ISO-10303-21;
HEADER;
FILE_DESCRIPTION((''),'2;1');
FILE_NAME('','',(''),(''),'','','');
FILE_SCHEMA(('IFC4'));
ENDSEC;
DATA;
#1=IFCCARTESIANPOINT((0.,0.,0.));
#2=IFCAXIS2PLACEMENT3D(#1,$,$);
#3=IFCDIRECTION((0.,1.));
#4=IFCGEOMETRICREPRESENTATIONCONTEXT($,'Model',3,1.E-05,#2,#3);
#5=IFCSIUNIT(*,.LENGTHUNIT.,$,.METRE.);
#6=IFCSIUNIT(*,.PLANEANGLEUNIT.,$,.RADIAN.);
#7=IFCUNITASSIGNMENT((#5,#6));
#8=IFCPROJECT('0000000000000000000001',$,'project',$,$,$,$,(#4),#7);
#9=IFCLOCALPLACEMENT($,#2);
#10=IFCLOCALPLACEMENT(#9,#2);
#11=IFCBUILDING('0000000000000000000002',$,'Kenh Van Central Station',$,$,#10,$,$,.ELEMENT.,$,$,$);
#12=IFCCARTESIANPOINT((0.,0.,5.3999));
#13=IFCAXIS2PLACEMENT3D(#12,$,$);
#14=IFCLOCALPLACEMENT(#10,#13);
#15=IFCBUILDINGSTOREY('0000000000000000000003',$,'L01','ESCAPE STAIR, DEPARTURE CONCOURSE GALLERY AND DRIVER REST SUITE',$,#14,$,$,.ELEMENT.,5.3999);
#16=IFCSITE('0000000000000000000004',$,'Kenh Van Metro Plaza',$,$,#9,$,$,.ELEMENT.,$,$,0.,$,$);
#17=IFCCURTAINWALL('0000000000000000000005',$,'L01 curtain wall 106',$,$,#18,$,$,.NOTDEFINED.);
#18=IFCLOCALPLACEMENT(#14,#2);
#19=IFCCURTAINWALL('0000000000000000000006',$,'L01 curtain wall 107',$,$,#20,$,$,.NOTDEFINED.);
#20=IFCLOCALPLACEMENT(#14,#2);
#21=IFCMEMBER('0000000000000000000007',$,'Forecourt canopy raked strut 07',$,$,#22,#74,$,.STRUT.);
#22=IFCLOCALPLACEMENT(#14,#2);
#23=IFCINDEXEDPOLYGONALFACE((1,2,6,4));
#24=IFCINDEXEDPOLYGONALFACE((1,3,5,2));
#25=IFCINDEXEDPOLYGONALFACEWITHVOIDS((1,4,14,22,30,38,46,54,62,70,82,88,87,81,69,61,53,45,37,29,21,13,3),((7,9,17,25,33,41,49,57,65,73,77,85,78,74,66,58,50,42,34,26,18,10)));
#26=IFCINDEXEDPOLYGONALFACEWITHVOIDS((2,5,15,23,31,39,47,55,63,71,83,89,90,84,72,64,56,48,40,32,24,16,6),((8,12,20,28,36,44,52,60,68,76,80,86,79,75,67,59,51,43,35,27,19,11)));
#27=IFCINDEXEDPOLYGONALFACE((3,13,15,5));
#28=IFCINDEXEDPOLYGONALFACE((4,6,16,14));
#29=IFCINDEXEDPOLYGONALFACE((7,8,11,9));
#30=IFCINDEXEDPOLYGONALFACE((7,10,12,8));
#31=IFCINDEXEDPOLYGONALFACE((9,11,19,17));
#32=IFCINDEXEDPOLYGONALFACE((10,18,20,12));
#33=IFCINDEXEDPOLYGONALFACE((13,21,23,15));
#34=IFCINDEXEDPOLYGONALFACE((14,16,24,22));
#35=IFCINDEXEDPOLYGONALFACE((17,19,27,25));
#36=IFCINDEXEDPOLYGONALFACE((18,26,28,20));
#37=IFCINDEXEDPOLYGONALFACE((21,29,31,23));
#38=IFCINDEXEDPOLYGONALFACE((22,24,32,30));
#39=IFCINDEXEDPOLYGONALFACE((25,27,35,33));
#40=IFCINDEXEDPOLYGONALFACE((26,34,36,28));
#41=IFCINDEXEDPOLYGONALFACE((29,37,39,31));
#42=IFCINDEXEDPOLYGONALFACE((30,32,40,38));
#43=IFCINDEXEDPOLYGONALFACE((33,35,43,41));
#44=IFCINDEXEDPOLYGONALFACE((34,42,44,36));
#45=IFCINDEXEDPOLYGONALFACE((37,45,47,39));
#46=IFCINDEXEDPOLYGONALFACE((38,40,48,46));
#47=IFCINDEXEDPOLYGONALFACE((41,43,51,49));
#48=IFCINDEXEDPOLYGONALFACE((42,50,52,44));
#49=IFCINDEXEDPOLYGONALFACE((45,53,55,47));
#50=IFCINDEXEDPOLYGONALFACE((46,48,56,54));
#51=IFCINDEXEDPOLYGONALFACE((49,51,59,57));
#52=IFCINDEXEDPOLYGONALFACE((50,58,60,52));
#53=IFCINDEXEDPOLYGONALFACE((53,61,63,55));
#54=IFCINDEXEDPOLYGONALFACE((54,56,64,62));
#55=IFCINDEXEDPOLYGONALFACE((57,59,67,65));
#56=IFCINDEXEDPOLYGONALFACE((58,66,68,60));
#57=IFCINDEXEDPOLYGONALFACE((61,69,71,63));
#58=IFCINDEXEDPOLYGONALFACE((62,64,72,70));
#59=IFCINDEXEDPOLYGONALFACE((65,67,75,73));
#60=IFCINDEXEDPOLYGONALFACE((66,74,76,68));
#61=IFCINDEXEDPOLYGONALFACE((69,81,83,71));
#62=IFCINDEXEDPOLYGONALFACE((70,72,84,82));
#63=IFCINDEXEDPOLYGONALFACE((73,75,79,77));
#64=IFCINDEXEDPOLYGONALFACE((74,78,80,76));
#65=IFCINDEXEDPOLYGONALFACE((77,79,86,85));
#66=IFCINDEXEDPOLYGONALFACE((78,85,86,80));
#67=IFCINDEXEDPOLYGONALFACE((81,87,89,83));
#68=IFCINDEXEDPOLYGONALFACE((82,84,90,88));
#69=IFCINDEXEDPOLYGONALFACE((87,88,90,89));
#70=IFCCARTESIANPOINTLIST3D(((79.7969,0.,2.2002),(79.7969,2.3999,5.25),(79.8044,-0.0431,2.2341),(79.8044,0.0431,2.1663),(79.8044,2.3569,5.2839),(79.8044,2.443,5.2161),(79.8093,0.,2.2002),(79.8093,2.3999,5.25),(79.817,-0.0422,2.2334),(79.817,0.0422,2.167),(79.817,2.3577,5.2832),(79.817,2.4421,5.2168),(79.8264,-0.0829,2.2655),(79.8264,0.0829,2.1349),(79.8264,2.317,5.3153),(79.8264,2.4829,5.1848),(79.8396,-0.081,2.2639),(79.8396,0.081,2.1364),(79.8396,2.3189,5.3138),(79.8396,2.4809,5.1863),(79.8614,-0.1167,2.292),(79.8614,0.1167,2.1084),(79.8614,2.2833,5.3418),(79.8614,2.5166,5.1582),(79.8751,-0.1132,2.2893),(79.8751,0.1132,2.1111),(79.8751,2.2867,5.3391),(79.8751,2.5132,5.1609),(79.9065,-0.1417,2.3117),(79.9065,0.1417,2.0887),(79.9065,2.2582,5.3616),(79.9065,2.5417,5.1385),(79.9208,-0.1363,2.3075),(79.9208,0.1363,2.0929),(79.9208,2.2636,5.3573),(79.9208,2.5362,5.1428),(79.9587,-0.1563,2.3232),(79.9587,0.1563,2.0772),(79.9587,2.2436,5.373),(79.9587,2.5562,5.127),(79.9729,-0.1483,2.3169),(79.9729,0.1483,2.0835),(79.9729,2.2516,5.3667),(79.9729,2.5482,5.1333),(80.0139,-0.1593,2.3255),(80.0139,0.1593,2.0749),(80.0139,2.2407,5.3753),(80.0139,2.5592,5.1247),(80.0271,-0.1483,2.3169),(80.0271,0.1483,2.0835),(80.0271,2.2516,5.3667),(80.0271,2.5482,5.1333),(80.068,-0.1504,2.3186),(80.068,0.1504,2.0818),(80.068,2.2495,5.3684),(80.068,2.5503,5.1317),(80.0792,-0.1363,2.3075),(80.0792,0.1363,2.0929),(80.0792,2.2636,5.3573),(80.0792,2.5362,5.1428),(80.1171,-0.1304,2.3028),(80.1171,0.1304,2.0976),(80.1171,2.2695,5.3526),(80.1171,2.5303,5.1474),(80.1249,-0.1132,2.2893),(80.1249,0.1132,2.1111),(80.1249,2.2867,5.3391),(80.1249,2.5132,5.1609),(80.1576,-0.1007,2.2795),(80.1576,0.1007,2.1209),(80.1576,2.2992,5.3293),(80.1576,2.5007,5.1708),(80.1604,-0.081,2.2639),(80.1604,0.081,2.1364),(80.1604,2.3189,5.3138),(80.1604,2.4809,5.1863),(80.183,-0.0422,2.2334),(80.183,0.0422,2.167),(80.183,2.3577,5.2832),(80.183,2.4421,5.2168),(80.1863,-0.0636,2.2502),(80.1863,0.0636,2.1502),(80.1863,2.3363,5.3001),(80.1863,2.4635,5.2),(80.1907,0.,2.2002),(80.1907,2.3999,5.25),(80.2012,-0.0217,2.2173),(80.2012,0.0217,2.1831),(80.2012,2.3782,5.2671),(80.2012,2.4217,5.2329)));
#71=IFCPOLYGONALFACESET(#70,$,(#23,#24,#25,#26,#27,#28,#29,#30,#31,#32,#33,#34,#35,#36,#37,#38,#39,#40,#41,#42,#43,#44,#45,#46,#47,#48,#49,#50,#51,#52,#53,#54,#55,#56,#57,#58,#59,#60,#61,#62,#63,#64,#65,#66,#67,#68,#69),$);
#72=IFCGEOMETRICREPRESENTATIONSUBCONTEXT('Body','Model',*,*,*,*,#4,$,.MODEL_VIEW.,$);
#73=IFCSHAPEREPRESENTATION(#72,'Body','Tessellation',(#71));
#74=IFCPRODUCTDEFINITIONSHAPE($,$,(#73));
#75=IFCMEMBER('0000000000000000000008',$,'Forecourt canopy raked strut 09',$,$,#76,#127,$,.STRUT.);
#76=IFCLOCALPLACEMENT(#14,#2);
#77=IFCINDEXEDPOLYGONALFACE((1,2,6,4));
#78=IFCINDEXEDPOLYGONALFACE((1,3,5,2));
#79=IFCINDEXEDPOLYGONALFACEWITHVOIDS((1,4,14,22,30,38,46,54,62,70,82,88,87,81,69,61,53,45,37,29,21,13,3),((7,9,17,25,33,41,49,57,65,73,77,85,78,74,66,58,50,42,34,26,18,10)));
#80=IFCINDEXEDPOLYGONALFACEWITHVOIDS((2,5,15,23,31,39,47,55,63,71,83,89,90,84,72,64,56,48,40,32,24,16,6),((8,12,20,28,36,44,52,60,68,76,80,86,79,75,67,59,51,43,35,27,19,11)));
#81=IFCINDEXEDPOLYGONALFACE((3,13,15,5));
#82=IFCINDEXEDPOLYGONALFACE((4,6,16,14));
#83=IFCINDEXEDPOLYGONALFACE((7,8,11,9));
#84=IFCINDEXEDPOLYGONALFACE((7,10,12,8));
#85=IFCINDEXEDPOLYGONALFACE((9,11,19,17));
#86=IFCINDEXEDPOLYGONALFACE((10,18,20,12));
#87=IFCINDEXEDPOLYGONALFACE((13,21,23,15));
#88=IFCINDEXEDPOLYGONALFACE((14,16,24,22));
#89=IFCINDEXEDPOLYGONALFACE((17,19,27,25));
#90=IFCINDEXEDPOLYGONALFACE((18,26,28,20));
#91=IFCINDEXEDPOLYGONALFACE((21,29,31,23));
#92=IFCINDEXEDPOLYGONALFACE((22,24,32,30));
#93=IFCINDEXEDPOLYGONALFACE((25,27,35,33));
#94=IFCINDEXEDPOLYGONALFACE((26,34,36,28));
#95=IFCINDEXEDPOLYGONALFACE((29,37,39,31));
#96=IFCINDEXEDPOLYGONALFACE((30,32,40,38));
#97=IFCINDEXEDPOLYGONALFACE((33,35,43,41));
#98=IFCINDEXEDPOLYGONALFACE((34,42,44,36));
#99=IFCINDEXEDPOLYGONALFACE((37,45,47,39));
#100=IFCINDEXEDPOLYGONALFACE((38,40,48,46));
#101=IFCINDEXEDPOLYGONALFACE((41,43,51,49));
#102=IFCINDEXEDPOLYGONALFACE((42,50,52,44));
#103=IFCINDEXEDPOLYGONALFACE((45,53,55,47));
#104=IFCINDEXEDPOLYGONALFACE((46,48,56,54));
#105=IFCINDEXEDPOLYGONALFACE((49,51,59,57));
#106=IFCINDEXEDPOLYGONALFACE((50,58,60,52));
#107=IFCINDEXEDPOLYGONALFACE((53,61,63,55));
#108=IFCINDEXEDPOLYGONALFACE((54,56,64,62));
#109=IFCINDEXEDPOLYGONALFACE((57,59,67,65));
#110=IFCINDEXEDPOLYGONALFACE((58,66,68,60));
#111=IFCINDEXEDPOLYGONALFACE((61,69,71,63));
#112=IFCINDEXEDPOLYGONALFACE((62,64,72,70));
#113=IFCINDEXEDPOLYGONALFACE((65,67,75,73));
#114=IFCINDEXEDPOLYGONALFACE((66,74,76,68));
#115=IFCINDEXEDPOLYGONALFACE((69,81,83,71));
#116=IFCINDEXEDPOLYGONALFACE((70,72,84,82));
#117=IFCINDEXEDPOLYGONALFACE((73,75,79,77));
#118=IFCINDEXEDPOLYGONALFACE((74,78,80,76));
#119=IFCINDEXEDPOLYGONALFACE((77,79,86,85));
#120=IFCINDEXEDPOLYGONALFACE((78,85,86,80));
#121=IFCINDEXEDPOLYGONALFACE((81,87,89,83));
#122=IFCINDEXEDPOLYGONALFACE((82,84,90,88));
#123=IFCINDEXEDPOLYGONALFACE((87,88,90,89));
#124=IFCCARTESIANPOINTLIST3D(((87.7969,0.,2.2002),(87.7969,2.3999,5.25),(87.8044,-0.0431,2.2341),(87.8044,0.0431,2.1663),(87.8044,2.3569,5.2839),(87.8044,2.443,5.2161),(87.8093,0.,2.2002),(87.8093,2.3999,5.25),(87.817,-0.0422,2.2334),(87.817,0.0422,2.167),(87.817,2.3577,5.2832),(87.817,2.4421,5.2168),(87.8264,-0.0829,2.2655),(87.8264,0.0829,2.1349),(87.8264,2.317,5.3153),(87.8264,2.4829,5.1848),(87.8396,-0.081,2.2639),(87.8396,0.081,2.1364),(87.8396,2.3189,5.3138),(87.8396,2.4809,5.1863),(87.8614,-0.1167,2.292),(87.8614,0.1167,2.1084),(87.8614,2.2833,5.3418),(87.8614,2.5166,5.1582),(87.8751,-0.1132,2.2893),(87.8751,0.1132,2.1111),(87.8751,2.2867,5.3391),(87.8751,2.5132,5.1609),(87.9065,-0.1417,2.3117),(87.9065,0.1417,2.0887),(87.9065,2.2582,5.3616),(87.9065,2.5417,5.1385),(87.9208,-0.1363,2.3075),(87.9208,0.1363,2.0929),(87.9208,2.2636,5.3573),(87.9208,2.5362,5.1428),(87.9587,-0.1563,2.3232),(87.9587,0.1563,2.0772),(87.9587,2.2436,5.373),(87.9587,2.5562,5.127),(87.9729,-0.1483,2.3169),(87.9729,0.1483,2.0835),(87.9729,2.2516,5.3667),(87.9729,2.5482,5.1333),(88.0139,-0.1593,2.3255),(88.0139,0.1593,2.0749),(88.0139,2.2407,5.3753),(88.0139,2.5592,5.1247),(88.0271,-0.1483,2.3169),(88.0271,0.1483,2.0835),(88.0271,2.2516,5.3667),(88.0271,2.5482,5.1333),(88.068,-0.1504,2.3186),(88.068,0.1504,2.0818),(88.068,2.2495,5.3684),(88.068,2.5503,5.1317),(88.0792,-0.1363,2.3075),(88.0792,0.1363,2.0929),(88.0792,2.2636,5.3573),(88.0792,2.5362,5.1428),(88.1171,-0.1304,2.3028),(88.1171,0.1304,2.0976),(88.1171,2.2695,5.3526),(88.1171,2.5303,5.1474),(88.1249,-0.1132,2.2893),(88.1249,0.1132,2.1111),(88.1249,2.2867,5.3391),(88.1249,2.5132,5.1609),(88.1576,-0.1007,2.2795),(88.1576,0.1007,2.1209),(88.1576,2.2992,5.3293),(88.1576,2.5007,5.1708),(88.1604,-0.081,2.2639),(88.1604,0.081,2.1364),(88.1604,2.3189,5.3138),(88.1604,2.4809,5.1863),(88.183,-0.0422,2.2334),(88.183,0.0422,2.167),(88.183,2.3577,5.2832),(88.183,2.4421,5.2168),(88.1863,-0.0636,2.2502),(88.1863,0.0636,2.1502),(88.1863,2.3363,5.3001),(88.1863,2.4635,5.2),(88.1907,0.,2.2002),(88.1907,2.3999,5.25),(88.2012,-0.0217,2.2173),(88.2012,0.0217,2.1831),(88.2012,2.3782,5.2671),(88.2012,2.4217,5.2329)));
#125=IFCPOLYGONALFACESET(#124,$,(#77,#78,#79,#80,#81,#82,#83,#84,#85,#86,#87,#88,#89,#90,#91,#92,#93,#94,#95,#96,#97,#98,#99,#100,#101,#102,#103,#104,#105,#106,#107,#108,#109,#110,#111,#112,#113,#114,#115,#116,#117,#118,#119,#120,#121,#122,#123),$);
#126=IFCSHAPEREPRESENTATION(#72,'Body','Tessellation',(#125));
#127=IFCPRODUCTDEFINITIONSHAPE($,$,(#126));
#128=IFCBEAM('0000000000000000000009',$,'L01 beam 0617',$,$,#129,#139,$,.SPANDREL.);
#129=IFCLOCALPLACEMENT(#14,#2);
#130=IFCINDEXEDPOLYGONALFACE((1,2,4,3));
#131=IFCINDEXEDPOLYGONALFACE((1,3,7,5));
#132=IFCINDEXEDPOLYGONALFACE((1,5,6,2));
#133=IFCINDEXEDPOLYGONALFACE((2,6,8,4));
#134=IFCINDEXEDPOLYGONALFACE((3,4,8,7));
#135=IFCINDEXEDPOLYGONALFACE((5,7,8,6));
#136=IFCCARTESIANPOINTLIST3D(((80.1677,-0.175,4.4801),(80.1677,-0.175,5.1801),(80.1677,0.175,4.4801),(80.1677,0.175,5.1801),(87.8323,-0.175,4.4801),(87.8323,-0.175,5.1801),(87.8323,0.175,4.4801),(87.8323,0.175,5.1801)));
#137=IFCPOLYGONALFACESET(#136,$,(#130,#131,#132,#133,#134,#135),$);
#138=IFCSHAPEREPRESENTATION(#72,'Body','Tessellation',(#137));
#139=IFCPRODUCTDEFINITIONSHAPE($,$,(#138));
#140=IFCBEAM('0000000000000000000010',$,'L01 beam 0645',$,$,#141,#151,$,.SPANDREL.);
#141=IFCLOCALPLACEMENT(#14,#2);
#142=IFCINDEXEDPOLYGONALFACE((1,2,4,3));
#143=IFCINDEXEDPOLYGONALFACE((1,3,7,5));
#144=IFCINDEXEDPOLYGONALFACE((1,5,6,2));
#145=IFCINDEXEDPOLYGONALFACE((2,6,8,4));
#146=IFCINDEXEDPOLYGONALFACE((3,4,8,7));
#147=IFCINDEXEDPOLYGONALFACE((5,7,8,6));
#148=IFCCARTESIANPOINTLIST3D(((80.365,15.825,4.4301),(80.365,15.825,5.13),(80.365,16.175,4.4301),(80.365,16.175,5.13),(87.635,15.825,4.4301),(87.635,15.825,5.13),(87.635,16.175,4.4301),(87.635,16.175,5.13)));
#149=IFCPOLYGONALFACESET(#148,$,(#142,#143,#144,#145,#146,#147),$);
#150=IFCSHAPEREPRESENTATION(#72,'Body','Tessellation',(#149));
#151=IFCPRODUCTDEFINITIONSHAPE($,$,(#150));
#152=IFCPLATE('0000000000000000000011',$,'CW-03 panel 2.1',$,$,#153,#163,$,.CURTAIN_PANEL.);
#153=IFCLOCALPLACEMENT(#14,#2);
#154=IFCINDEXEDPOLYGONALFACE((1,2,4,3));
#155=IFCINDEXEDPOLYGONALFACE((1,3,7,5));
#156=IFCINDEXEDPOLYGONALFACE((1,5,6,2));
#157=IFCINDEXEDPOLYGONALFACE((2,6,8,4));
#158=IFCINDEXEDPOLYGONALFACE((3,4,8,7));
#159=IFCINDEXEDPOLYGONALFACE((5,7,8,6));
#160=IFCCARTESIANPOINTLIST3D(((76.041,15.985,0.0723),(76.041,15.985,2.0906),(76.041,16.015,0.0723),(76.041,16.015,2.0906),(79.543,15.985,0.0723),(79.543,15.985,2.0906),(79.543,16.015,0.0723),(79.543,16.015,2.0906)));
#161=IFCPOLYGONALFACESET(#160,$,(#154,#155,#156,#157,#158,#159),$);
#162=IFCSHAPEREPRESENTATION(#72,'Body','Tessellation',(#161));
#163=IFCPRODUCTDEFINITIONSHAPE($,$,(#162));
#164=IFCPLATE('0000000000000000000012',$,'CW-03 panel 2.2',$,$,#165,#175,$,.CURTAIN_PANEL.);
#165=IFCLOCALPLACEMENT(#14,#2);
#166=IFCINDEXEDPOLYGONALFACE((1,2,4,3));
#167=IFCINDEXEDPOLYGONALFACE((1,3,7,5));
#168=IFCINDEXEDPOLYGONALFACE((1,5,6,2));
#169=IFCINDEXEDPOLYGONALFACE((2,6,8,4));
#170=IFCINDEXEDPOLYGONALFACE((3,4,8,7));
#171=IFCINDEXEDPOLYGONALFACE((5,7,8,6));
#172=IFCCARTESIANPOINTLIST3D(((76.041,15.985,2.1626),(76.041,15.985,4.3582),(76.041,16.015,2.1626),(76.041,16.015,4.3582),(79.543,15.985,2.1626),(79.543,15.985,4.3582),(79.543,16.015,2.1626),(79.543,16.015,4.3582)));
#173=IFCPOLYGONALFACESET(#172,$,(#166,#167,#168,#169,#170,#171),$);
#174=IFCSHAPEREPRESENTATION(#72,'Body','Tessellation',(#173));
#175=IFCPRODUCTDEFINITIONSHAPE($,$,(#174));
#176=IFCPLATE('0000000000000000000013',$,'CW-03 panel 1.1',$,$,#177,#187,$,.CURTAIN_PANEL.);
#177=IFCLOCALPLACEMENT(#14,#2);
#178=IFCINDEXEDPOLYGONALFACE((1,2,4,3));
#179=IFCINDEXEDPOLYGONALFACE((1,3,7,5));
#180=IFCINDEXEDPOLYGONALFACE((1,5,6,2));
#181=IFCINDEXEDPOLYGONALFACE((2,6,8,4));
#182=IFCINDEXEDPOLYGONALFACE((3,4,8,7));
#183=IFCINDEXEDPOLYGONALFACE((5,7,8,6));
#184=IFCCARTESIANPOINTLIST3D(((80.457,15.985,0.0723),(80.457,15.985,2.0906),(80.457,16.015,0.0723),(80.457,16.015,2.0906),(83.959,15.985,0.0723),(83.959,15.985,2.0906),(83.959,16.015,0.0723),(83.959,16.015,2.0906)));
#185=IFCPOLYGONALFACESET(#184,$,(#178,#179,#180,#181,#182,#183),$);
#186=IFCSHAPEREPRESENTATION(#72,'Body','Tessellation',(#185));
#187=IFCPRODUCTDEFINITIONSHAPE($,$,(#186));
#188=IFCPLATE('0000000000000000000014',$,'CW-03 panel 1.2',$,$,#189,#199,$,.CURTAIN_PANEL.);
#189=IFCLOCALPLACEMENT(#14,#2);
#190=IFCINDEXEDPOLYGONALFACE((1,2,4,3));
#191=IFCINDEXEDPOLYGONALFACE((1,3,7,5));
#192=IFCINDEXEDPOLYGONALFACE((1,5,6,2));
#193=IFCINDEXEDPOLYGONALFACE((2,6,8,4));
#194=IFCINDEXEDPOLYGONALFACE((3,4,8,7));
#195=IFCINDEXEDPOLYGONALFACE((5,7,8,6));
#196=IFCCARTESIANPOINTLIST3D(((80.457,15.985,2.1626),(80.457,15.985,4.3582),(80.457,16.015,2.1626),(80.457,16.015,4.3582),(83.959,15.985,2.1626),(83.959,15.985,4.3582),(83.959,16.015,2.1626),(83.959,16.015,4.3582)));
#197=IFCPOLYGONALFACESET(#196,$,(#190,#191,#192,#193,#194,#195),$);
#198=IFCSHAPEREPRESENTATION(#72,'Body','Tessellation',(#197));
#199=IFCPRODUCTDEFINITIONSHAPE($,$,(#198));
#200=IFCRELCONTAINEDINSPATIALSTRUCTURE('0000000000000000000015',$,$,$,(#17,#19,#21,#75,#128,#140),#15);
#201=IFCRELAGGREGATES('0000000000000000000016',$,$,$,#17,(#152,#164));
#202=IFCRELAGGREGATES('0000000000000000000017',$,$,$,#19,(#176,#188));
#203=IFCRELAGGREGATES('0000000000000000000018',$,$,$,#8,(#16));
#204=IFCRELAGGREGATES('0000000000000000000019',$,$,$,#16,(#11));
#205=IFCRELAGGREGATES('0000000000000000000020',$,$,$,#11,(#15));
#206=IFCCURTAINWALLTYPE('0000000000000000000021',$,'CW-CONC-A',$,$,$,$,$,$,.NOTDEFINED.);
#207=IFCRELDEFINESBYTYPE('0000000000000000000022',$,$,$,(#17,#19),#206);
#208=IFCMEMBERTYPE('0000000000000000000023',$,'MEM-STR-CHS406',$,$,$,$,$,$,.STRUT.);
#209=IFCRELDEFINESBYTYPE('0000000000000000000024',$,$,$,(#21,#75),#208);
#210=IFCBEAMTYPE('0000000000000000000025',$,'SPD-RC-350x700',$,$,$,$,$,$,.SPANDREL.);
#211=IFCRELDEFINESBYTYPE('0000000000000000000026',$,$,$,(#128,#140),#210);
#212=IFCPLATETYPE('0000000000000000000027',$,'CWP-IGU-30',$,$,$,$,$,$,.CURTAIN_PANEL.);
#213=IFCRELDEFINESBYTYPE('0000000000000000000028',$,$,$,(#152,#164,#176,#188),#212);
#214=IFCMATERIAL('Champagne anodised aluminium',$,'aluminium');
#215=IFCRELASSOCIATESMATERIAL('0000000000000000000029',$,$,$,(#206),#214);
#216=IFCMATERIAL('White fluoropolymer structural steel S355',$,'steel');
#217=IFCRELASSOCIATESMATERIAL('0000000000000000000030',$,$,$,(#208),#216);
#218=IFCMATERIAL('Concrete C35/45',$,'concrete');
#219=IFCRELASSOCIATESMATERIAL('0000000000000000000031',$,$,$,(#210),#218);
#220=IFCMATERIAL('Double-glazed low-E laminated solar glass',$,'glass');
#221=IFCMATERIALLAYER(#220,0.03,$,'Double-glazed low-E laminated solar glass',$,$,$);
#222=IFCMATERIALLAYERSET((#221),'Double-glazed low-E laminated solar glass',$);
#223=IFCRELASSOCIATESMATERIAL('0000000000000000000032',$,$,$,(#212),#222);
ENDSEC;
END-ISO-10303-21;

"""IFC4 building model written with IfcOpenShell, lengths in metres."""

from ifc_helpers import new_model, si_unit, direction, frame, origin, origin_2d, place, context, subcontext, project, spatial, rectangle, hollow_circle, extrude, material, layer, layer_set, material_profile, profile_set, type_object, element, aggregate, save


model = new_model("IFC4")

# Units and contexts
model_context = context("Model", 3, precision=1e-05, world=origin(), true_north=direction((0.0, 1.0)))
body_context = subcontext(model_context, "Body", "Model", "MODEL_VIEW")
ifc_project = project(units=[si_unit("LENGTHUNIT", "METRE"), si_unit("PLANEANGLEUNIT", "RADIAN")], contexts=[model_context])

# Site, building, storey
site_placement = place(None, origin())
site = spatial("IfcSite", under=ifc_project, at=site_placement, Name="Kenh Van Metro Plaza", CompositionType="ELEMENT", RefElevation=0.0)
building_placement = place(site_placement, origin())
building = spatial("IfcBuilding", under=site, at=building_placement, Name="Kenh Van Central Station", CompositionType="ELEMENT")
storey_placement = place(building_placement, frame((0.0, 0.0, 5.3999)))
storey = spatial("IfcBuildingStorey", under=building, at=storey_placement, Name="L01", Description="ESCAPE STAIR, DEPARTURE CONCOURSE GALLERY AND DRIVER REST SUITE", CompositionType="ELEMENT", Elevation=5.3999)

# Curtain walls
ifc_material_1 = material(Name="Champagne anodised aluminium", Category="aluminium")
curtain_wall_type = type_object("IfcCurtainWallType", Name="CW-CONC-A", PredefinedType="NOTDEFINED", material=ifc_material_1)
curtain_wall_1_placement = place(storey_placement, origin())
curtain_wall_1 = element("IfcCurtainWall", 1, at=curtain_wall_1_placement, inside=storey, type_object=curtain_wall_type, Name="L01 curtain wall 106", PredefinedType="NOTDEFINED")
curtain_wall_2_placement = place(storey_placement, origin())
curtain_wall_2 = element("IfcCurtainWall", 2, at=curtain_wall_2_placement, inside=storey, type_object=curtain_wall_type, Name="L01 curtain wall 107", PredefinedType="NOTDEFINED")

# Members
ifc_material_2 = material(Name="White fluoropolymer structural steel S355", Category="steel")
ifc_material_profile_1 = material_profile(ifc_material_2, hollow_circle(Radius=0.2031, WallThickness=0.0125, at=origin_2d()), Name="CHS 406.4x12.5")
ifc_profile_set_1 = profile_set([ifc_material_profile_1], Name="White fluoropolymer structural steel S355")
member_type_1 = type_object("IfcMemberType", Name="MEM-STR-CHS406", PredefinedType="STRUT", material=ifc_profile_set_1)
for number, where, z_axis, x_axis, name in (
    (3, (80.0, 0.0, 2.2002), (0.0, 0.618399, 0.785864), (-1.0, 0.0, 0.0), "Forecourt canopy raked strut 07"),
    (4, (88.0, 0.0, 2.2002), (0.0, 0.618399, 0.785864), (-1.0, 0.0, 0.0), "Forecourt canopy raked strut 09"),
):
    element("IfcMember", number, at=place(storey_placement, frame(where, z_axis=z_axis, x_axis=x_axis)), inside=storey, type_object=member_type_1, Name=name, PredefinedType="STRUT", context=body_context, shape_type="SweptSolid", body=[
        extrude(hollow_circle(Radius=0.2031, WallThickness=0.0125, at=origin_2d()), origin(), (0.0, 0.0, 1.0), 3.8809),
    ])

# Beams
ifc_material_3 = material(Name="Concrete C35/45", Category="concrete")
ifc_material_profile_2 = material_profile(ifc_material_3, rectangle(XDim=0.3501, YDim=0.7, at=origin_2d()), Name="RC 350x700")
ifc_profile_set_2 = profile_set([ifc_material_profile_2], Name="Concrete C35/45")
beam_type = type_object("IfcBeamType", Name="SPD-RC-350x700", PredefinedType="SPANDREL", material=ifc_profile_set_2)
beam_1_placement = place(storey_placement, frame((80.1677, 0.0, 4.8301), z_axis=(1.0, 0.0, 0.0), x_axis=(0.0, 1.0, 0.0)))
element("IfcBeam", 5, at=beam_1_placement, inside=storey, type_object=beam_type, Name="L01 beam 0617", PredefinedType="SPANDREL", context=body_context, shape_type="SweptSolid", body=[
    extrude(rectangle(XDim=0.3501, YDim=0.7, at=origin_2d()), origin(), (0.0, 0.0, 1.0), 7.6646),
])
beam_2_placement = place(storey_placement, frame((80.365, 16.0, 4.78), z_axis=(1.0, 0.0, 0.0), x_axis=(0.0, 1.0, 0.0)))
element("IfcBeam", 6, at=beam_2_placement, inside=storey, type_object=beam_type, Name="L01 beam 0645", PredefinedType="SPANDREL", context=body_context, shape_type="SweptSolid", body=[
    extrude(rectangle(XDim=0.3501, YDim=0.7, at=origin_2d()), origin(), (0.0, 0.0, 1.0), 7.27),
])

# Plates
ifc_material_4 = material(Name="Double-glazed low-E laminated solar glass", Category="glass")
ifc_layer = layer(ifc_material_4, 0.03, Name="Double-glazed low-E laminated solar glass")
ifc_layer_set = layer_set([ifc_layer], Name="Double-glazed low-E laminated solar glass")
plate_type = type_object("IfcPlateType", Name="CWP-IGU-30", PredefinedType="CURTAIN_PANEL", material=ifc_layer_set)
plate_1_placement = place(storey_placement, frame((77.792, 16.0, 0.0723), z_axis=(0.0, 0.0, 1.0), x_axis=(1.0, 0.0, 0.0)))
plate_1 = element("IfcPlate", 7, at=plate_1_placement, type_object=plate_type, Name="CW-03 panel 2.1", PredefinedType="CURTAIN_PANEL", context=body_context, shape_type="SweptSolid", body=[
    extrude(rectangle(XDim=3.502, YDim=0.03, at=origin_2d()), origin(), (0.0, 0.0, 1.0), 2.0183),
])
plate_2_placement = place(storey_placement, frame((77.792, 16.0, 2.1626), z_axis=(0.0, 0.0, 1.0), x_axis=(1.0, 0.0, 0.0)))
plate_2 = element("IfcPlate", 8, at=plate_2_placement, type_object=plate_type, Name="CW-03 panel 2.2", PredefinedType="CURTAIN_PANEL", context=body_context, shape_type="SweptSolid", body=[
    extrude(rectangle(XDim=3.502, YDim=0.03, at=origin_2d()), origin(), (0.0, 0.0, 1.0), 2.1956),
])
aggregate(curtain_wall_1, [plate_1, plate_2])
plate_3_placement = place(storey_placement, frame((82.208, 16.0, 0.0723), z_axis=(0.0, 0.0, 1.0), x_axis=(1.0, 0.0, 0.0)))
plate_3 = element("IfcPlate", 9, at=plate_3_placement, type_object=plate_type, Name="CW-03 panel 1.1", PredefinedType="CURTAIN_PANEL", context=body_context, shape_type="SweptSolid", body=[
    extrude(rectangle(XDim=3.502, YDim=0.03, at=origin_2d()), origin(), (0.0, 0.0, 1.0), 2.0183),
])
plate_4_placement = place(storey_placement, frame((82.208, 16.0, 2.1626), z_axis=(0.0, 0.0, 1.0), x_axis=(1.0, 0.0, 0.0)))
plate_4 = element("IfcPlate", 10, at=plate_4_placement, type_object=plate_type, Name="CW-03 panel 1.2", PredefinedType="CURTAIN_PANEL", context=body_context, shape_type="SweptSolid", body=[
    extrude(rectangle(XDim=3.502, YDim=0.03, at=origin_2d()), origin(), (0.0, 0.0, 1.0), 2.1956),
])
aggregate(curtain_wall_2, [plate_3, plate_4])

save(model, "model.ifc")
